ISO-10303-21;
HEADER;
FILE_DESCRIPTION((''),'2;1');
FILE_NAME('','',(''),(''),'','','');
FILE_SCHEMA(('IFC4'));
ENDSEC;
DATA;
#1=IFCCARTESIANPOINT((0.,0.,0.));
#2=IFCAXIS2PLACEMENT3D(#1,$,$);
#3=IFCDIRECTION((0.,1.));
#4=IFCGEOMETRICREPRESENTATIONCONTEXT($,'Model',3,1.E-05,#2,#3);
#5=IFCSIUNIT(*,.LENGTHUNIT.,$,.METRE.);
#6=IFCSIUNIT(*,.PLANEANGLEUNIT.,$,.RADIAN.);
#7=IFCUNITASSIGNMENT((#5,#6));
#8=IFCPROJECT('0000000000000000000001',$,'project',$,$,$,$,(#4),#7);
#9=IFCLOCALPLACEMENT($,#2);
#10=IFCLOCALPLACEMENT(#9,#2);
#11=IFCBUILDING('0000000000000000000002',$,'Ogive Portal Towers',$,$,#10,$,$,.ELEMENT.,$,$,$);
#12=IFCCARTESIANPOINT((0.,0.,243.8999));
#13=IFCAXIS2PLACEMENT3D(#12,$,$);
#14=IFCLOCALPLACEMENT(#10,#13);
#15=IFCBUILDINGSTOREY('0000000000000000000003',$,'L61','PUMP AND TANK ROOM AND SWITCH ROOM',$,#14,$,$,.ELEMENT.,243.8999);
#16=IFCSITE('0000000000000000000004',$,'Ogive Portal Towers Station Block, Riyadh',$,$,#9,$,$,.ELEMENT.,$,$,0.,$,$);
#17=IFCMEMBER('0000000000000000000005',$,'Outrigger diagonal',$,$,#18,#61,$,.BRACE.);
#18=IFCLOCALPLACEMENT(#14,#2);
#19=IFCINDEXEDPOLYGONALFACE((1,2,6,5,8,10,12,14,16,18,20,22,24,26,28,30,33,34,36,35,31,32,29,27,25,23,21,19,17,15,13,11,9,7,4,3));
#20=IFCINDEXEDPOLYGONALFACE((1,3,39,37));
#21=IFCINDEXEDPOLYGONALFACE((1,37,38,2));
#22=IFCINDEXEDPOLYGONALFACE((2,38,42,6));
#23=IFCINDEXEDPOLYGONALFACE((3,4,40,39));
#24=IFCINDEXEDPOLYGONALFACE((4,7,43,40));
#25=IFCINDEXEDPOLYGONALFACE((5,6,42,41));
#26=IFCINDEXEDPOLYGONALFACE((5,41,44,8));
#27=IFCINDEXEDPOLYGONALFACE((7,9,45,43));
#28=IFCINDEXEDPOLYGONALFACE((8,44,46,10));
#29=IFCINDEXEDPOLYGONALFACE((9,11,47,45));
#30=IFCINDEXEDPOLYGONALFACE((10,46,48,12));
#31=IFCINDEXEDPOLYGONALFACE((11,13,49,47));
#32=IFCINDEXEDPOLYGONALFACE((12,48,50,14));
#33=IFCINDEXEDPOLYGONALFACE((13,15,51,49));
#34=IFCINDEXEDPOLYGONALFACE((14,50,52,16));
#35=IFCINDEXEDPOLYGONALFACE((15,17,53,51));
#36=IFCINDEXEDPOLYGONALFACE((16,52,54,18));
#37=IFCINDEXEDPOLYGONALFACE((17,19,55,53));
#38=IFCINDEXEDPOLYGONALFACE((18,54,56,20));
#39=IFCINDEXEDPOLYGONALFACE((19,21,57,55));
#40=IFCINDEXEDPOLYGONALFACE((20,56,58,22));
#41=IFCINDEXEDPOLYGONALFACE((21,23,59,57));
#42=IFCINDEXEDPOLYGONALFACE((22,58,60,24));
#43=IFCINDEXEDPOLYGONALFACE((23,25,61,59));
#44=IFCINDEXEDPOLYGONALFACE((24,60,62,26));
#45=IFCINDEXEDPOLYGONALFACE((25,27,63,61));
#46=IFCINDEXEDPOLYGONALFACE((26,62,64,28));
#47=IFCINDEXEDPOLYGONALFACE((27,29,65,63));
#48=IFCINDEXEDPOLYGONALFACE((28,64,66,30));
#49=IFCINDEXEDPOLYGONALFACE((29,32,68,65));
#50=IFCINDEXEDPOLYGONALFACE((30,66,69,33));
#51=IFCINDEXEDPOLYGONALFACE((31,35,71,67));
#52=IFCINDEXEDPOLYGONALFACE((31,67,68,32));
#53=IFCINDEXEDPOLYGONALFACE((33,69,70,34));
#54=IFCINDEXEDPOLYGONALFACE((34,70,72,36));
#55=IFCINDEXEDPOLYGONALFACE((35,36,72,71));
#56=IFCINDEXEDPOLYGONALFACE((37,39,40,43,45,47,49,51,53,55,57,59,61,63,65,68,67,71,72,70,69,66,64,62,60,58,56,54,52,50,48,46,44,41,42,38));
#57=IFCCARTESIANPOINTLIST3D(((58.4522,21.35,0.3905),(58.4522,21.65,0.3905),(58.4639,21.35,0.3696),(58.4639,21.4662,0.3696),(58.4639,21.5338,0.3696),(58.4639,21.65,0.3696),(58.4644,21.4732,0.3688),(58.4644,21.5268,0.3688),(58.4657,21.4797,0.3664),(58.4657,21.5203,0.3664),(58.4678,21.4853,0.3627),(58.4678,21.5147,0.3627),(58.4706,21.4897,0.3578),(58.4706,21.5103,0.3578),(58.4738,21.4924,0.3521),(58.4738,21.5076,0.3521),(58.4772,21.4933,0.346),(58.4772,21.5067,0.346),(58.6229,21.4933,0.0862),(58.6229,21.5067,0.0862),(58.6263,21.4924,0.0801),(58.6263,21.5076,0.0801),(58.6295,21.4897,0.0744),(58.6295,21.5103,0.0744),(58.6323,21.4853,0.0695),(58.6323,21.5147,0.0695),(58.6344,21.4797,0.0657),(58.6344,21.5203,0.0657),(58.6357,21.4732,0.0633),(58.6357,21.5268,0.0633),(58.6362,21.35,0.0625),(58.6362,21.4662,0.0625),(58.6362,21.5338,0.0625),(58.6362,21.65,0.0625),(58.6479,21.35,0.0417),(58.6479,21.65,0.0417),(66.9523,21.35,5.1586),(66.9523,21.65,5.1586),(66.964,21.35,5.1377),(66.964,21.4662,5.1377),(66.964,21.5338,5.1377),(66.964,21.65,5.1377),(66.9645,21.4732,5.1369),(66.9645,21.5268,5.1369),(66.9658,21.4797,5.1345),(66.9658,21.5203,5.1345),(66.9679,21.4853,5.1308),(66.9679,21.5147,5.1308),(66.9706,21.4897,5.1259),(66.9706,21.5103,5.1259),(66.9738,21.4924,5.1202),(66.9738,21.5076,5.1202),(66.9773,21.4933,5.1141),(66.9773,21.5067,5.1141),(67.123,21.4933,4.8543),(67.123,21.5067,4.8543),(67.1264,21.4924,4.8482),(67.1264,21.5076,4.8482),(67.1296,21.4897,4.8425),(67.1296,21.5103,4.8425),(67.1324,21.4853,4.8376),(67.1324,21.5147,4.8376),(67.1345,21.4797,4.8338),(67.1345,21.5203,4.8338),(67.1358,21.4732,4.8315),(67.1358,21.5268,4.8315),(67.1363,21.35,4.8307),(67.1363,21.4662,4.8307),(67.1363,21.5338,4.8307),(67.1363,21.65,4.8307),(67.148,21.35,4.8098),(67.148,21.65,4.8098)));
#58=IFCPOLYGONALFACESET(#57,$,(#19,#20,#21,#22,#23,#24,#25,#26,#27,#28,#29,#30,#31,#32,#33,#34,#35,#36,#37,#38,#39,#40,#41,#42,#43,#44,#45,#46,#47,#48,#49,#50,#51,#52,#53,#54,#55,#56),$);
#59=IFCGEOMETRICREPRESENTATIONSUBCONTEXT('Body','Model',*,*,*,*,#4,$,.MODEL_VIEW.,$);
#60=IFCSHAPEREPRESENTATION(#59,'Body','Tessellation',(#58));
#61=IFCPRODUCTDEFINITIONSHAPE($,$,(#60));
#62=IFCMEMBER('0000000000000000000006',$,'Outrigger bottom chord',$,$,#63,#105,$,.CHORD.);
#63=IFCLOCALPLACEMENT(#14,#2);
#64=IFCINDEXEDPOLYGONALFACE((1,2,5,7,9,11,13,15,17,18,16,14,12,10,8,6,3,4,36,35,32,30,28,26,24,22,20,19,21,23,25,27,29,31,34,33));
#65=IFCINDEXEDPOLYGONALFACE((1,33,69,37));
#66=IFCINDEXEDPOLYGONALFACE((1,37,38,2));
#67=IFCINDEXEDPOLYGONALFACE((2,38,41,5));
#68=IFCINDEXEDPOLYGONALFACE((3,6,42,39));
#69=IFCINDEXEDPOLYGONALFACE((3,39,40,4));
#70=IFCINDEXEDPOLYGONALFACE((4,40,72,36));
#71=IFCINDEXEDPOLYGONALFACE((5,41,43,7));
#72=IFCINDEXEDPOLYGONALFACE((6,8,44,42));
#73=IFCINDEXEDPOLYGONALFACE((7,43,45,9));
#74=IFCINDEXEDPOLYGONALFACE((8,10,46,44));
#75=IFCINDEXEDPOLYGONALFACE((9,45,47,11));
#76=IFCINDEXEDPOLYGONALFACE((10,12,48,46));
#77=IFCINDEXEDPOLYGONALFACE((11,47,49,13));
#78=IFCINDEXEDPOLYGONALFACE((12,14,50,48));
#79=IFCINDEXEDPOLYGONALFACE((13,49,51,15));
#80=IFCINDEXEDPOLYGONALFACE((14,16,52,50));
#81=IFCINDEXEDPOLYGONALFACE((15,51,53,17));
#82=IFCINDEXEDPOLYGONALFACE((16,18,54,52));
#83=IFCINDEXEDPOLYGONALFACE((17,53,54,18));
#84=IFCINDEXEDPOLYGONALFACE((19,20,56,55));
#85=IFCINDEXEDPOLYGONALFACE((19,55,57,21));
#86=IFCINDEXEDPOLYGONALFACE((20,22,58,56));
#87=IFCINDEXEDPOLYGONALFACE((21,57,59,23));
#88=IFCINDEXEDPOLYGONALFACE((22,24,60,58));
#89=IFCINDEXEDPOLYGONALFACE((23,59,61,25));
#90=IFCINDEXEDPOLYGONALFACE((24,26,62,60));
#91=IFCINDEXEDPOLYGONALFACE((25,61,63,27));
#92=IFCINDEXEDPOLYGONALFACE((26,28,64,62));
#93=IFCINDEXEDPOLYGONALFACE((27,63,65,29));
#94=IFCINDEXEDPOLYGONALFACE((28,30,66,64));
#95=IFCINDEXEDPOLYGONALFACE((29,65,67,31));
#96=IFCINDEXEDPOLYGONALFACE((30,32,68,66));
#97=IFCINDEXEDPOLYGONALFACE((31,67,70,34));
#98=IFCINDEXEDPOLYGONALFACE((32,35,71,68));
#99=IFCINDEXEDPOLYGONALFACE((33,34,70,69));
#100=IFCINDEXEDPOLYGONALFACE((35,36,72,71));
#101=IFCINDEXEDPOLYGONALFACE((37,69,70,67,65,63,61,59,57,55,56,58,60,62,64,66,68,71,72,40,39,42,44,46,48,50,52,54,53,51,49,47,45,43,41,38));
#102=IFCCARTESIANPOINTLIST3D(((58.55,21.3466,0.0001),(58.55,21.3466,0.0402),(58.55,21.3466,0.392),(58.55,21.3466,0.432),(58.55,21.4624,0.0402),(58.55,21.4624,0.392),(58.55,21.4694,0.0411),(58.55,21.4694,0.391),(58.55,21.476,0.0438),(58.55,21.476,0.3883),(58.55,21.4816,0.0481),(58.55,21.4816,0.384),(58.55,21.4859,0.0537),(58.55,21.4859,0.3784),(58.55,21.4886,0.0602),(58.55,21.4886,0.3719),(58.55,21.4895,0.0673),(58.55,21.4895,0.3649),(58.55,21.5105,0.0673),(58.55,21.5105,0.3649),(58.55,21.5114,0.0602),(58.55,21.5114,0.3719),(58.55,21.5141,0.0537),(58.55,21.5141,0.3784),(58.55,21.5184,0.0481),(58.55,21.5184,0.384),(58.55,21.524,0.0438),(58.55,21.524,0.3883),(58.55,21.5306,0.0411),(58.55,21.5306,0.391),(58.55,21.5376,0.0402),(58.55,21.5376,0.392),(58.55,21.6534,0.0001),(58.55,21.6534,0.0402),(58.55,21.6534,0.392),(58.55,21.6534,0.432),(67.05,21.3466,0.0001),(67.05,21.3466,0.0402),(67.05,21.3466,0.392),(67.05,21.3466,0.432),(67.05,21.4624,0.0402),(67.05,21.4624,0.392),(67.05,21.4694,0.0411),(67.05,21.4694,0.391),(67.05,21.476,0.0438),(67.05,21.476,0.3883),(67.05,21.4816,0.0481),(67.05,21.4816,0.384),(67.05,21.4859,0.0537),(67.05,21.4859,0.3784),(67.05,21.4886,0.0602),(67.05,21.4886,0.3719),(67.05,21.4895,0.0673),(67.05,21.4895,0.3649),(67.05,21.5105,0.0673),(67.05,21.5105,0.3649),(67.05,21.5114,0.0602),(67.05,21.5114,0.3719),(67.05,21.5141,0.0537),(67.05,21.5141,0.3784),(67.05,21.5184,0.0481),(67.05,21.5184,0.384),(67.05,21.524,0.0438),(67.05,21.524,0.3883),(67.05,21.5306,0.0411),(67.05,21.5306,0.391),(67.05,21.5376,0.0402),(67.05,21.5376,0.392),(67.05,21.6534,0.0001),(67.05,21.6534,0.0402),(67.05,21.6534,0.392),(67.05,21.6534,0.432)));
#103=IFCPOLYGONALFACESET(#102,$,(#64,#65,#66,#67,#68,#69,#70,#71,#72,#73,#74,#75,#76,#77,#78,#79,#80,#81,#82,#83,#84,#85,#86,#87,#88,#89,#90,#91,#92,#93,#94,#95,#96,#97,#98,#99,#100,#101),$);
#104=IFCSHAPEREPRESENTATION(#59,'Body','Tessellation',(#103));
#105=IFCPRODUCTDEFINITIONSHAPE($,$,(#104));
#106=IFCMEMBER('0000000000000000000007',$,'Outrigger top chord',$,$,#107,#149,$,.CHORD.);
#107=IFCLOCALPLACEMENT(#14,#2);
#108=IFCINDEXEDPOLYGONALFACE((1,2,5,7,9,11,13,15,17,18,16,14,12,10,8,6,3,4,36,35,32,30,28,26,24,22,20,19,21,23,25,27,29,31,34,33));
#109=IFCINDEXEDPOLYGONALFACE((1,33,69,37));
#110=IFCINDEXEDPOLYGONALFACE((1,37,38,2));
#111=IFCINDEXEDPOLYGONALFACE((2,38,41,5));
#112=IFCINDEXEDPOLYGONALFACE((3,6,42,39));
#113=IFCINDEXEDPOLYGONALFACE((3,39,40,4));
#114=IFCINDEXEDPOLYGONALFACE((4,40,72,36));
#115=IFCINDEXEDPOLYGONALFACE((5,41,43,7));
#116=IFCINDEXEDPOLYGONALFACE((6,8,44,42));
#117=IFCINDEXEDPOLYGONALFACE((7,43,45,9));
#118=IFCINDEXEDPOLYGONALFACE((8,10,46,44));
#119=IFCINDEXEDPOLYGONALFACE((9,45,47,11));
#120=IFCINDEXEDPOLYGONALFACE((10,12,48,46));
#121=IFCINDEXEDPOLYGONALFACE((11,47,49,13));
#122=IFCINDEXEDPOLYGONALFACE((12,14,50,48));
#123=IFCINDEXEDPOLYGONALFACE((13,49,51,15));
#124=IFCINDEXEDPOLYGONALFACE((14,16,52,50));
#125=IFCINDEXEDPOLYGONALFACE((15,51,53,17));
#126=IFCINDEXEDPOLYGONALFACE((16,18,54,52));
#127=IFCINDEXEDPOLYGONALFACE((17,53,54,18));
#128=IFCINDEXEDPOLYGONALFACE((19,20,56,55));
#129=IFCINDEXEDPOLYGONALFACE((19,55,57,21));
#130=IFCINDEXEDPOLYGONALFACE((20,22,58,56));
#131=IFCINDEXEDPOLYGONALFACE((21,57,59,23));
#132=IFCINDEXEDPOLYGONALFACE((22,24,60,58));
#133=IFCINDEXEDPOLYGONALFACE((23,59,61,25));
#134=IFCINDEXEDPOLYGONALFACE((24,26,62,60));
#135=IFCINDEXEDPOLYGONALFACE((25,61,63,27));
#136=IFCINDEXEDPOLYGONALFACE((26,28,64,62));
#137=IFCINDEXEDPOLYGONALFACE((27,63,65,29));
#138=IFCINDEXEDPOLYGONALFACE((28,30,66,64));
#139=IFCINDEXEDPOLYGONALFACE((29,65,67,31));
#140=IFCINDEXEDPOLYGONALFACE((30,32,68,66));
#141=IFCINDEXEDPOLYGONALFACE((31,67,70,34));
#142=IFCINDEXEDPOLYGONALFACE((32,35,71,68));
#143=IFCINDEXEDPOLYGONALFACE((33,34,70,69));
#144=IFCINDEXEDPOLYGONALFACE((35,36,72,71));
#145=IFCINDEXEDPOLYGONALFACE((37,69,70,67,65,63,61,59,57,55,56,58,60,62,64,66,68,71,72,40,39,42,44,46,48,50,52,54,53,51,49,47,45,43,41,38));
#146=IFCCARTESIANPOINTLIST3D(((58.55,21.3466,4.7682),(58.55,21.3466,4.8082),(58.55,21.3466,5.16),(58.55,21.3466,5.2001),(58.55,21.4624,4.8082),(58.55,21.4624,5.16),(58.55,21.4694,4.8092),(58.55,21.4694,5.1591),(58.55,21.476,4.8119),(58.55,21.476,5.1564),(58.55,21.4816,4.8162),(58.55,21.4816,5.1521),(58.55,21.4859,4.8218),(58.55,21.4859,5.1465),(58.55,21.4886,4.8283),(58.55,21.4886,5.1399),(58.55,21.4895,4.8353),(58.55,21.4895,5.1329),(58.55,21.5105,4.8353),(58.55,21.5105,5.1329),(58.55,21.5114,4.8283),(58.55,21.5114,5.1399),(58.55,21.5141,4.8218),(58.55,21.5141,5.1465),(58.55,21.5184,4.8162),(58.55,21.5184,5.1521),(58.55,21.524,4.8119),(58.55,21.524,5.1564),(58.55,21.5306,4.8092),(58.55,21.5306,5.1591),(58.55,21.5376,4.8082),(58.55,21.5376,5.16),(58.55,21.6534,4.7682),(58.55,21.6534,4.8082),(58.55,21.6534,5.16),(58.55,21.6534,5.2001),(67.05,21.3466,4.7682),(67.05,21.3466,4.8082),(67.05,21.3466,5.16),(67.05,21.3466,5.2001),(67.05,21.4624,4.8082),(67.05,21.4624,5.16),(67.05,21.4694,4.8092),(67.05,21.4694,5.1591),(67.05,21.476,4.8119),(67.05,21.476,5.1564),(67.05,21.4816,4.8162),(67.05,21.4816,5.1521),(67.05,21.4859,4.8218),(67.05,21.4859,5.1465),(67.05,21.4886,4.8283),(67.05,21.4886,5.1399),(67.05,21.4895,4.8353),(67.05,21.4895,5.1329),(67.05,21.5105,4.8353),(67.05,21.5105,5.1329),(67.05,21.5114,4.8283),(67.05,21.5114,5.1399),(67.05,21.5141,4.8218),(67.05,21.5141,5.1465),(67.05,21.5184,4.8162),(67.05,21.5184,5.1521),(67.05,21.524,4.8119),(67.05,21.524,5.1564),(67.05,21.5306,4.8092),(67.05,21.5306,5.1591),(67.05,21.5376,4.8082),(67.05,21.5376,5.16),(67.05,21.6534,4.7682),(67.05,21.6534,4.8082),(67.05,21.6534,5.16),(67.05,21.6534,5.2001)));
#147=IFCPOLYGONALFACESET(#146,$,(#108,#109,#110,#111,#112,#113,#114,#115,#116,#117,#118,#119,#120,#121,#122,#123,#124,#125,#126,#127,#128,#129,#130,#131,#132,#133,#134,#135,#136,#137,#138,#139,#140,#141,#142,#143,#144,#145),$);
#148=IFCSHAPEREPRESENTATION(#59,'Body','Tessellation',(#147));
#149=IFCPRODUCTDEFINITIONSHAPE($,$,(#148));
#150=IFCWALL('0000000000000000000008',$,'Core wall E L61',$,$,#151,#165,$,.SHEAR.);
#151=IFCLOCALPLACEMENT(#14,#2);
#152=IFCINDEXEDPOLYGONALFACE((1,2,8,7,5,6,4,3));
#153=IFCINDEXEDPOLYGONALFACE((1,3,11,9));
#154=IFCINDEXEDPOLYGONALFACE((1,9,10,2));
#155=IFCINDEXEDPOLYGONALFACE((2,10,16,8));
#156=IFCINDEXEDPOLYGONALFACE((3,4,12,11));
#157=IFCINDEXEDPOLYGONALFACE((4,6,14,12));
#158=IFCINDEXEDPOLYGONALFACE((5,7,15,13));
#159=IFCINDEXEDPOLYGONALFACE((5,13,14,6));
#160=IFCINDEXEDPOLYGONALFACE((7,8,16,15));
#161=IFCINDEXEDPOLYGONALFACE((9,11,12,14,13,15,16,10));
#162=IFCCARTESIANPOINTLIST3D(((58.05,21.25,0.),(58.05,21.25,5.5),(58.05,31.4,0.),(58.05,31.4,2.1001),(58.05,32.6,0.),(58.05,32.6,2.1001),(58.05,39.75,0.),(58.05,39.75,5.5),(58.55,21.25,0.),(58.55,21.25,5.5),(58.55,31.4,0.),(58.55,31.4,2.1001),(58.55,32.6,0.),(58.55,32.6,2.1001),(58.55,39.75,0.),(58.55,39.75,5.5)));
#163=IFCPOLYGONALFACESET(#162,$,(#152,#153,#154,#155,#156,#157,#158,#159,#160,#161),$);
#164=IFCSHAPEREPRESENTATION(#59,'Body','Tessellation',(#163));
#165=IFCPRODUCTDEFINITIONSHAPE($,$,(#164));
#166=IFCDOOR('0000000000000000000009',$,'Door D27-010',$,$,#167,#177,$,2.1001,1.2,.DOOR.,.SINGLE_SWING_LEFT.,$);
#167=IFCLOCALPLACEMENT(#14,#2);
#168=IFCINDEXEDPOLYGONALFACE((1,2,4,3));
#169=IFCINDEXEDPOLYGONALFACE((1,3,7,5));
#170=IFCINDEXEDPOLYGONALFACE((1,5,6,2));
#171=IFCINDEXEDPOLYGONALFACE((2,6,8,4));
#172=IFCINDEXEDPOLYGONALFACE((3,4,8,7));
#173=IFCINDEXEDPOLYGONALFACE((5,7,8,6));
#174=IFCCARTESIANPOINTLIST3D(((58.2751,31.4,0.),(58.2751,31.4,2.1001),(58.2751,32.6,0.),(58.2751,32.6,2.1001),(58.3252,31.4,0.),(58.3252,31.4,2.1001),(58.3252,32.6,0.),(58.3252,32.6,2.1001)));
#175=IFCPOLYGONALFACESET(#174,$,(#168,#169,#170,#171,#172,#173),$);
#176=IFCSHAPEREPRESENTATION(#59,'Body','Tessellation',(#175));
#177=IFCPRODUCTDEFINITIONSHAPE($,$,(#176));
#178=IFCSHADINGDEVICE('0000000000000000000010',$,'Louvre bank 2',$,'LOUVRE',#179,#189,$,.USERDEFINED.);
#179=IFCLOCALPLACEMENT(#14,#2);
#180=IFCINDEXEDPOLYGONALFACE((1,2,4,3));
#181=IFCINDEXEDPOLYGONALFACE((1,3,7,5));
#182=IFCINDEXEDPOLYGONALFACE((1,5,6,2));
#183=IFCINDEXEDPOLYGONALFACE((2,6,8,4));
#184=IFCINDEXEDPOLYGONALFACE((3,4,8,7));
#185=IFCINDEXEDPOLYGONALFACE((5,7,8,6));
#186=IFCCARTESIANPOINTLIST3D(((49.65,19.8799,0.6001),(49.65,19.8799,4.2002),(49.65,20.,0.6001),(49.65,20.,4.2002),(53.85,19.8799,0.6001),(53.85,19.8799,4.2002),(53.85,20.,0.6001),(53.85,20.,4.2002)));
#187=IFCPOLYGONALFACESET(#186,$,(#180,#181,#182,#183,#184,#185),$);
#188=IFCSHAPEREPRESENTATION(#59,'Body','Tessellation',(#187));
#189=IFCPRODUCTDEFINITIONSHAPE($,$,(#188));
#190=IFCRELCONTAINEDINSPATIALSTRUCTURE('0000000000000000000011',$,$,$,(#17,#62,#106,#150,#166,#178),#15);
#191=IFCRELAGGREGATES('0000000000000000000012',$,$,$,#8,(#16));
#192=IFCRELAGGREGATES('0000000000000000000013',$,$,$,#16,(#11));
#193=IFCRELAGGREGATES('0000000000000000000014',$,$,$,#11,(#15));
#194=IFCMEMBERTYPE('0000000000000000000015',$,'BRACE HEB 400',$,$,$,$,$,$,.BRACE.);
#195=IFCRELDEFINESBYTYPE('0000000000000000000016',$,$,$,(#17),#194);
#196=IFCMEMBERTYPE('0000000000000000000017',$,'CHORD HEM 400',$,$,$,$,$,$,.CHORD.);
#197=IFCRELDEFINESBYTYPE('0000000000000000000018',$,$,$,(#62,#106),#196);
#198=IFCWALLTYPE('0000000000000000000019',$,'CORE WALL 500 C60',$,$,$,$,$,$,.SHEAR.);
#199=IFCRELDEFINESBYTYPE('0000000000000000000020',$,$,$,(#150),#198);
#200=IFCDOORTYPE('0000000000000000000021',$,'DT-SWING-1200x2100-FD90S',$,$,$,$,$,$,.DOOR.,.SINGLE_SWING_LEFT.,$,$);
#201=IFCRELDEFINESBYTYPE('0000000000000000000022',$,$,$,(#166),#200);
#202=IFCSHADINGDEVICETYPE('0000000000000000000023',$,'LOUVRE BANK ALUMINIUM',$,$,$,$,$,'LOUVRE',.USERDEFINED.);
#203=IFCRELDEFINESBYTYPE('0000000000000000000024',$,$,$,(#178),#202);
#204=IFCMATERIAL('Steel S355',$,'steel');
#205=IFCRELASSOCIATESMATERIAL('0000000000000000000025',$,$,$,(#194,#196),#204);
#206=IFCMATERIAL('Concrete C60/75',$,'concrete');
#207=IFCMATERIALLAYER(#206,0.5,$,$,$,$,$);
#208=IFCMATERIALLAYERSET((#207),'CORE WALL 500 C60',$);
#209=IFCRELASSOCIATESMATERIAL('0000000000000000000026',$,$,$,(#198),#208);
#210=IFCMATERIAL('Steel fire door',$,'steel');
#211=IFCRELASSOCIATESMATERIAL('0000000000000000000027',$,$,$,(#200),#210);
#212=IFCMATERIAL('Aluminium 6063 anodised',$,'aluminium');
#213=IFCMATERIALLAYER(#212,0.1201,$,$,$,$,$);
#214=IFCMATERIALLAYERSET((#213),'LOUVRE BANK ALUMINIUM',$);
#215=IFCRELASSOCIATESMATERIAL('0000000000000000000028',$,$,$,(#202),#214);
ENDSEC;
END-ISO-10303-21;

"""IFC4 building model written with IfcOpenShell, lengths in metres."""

from ifc_helpers import new_model, si_unit, direction, frame, frame_2d, origin, origin_2d, place, context, subcontext, project, spatial, rectangle, i_section, extrude, material, layer, layer_set, material_profile, profile_set, type_object, element, fill, save


model = new_model("IFC4")

# Units and contexts
model_context = context("Model", 3, precision=1e-05, world=origin(), true_north=direction((0.0, 1.0)))
body_context = subcontext(model_context, "Body", "Model", "MODEL_VIEW")
ifc_project = project(units=[si_unit("LENGTHUNIT", "METRE"), si_unit("PLANEANGLEUNIT", "RADIAN")], contexts=[model_context])

# Site, building, storey
site_placement = place(None, origin())
site = spatial("IfcSite", under=ifc_project, at=site_placement, Name="Ogive Portal Towers Station Block, Riyadh", CompositionType="ELEMENT", RefElevation=0.0)
building_placement = place(site_placement, origin())
building = spatial("IfcBuilding", under=site, at=building_placement, Name="Ogive Portal Towers", CompositionType="ELEMENT")
storey_placement = place(building_placement, frame((0.0, 0.0, 243.8999)))
storey = spatial("IfcBuildingStorey", under=building, at=storey_placement, Name="L61", Description="PUMP AND TANK ROOM AND SWITCH ROOM", CompositionType="ELEMENT", Elevation=243.8999)

# Members
ifc_material_1 = material(Name="Steel S355", Category="steel")
ifc_material_profile_1 = material_profile(ifc_material_1, i_section(OverallWidth=0.3, OverallDepth=0.3999, WebThickness=0.0134, FlangeThickness=0.0239, FilletRadius=0.0271, at=origin_2d()), Name="HEB 400")
ifc_profile_set_1 = profile_set([ifc_material_profile_1], Name="Steel S355")
member_type_1 = type_object("IfcMemberType", Name="BRACE HEB 400", PredefinedType="BRACE", material=ifc_profile_set_1)
member_placement = place(storey_placement, frame((58.55, 21.5, 0.2161), z_axis=(0.872153, 0.0, 0.489233), x_axis=(0.0, 1.0, 0.0)))
element("IfcMember", 1, at=member_placement, inside=storey, type_object=member_type_1, Name="Outrigger diagonal", PredefinedType="BRACE", context=body_context, shape_type="SweptSolid", body=[
    extrude(i_section(OverallWidth=0.3, OverallDepth=0.3999, WebThickness=0.0134, FlangeThickness=0.0239, FilletRadius=0.0271, at=origin_2d()), origin(), (0.0, 0.0, 1.0), 9.7461),
])
ifc_material_profile_2 = material_profile(ifc_material_1, i_section(OverallWidth=0.3069, OverallDepth=0.4319, WebThickness=0.021, FlangeThickness=0.04, FilletRadius=0.0271, at=origin_2d()), Name="HEM 400")
ifc_profile_set_2 = profile_set([ifc_material_profile_2], Name="Steel S355")
member_type_2 = type_object("IfcMemberType", Name="CHORD HEM 400", PredefinedType="CHORD", material=ifc_profile_set_2)
for number, where, z_axis, x_axis, name in (
    (2, (58.55, 21.5, 0.2161), (1.0, 0.0, 0.0), (0.0, 1.0, 0.0), "Outrigger bottom chord"),
    (3, (58.55, 21.5, 4.9841), (1.0, 0.0, 0.0), (0.0, 1.0, 0.0), "Outrigger top chord"),
):
    element("IfcMember", number, at=place(storey_placement, frame(where, z_axis=z_axis, x_axis=x_axis)), inside=storey, type_object=member_type_2, Name=name, PredefinedType="CHORD", context=body_context, shape_type="SweptSolid", body=[
        extrude(i_section(OverallWidth=0.3069, OverallDepth=0.4319, WebThickness=0.021, FlangeThickness=0.04, FilletRadius=0.0271, at=origin_2d()), origin(), (0.0, 0.0, 1.0), 8.5),
    ])

# Wall, opening, door
ifc_material_2 = material(Name="Concrete C60/75", Category="concrete")
ifc_layer_1 = layer(ifc_material_2, 0.5)
ifc_layer_set_1 = layer_set([ifc_layer_1], Name="CORE WALL 500 C60")
wall_type = type_object("IfcWallType", Name="CORE WALL 500 C60", PredefinedType="SHEAR", material=ifc_layer_set_1)
wall_placement = place(storey_placement, frame((58.3, 21.25, 0.0), z_axis=(0.0, 0.0, 1.0), x_axis=(0.0, 1.0, 0.0)))
wall = element("IfcWall", 4, at=wall_placement, inside=storey, type_object=wall_type, Name="Core wall E L61", PredefinedType="SHEAR", context=body_context, shape_type="SweptSolid", body=[
    extrude(rectangle(XDim=18.5, YDim=0.5, at=frame_2d((9.25, 0.0))), origin(), (0.0, 0.0, 1.0), 5.5),
])
opening_placement = place(wall_placement, frame((10.1499, 0.0, 0.0)))
opening = element("IfcOpeningElement", 5, at=opening_placement, cuts=wall, PredefinedType="OPENING", context=body_context, shape_type="SweptSolid", body=[
    extrude(rectangle(XDim=1.2, YDim=2.1001, at=frame_2d((0.6001, 1.05))), frame((0.0, 0.26, 0.0), z_axis=(0.0, -1.0, 0.0), x_axis=(1.0, 0.0, 0.0)), (0.0, 0.0, 1.0), 0.52),
])
ifc_material_3 = material(Name="Steel fire door", Category="steel")
door_type = type_object("IfcDoorType", Name="DT-SWING-1200x2100-FD90S", OperationType="SINGLE_SWING_LEFT", PredefinedType="DOOR", material=ifc_material_3)
door_placement = place(opening_placement, origin())
door = element("IfcDoor", 6, at=door_placement, inside=storey, type_object=door_type, Name="Door D27-010", OperationType="SINGLE_SWING_LEFT", OverallHeight=2.1001, OverallWidth=1.2, PredefinedType="DOOR", context=body_context, shape_type="SweptSolid", body=[
    extrude(rectangle(XDim=1.2, YDim=2.1001, at=frame_2d((0.6001, 1.05))), frame((0.0, 0.0249, 0.0), z_axis=(0.0, -1.0, 0.0), x_axis=(1.0, 0.0, 0.0)), (0.0, 0.0, 1.0), 0.05),
])
fill(opening, door)

# Shading device
ifc_material_4 = material(Name="Aluminium 6063 anodised", Category="aluminium")
ifc_layer_2 = layer(ifc_material_4, 0.1201)
ifc_layer_set_2 = layer_set([ifc_layer_2], Name="LOUVRE BANK ALUMINIUM")
shading_device_type = type_object("IfcShadingDeviceType", Name="LOUVRE BANK ALUMINIUM", ElementType="LOUVRE", PredefinedType="USERDEFINED", material=ifc_layer_set_2)
for number, where, z_axis, x_axis, name in (
    (7, (51.75, 19.9399, 0.6001), (0.0, 0.0, 1.0), (1.0, 0.0, 0.0), "Louvre bank 2"),
):
    element("IfcShadingDevice", number, at=place(storey_placement, frame(where, z_axis=z_axis, x_axis=x_axis)), inside=storey, type_object=shading_device_type, Name=name, ObjectType="LOUVRE", PredefinedType="USERDEFINED", context=body_context, shape_type="SweptSolid", body=[
        extrude(rectangle(XDim=4.2, YDim=0.1201, at=origin_2d()), origin(), (0.0, 0.0, 1.0), 3.6001),
    ])

save(model, "model.ifc")
